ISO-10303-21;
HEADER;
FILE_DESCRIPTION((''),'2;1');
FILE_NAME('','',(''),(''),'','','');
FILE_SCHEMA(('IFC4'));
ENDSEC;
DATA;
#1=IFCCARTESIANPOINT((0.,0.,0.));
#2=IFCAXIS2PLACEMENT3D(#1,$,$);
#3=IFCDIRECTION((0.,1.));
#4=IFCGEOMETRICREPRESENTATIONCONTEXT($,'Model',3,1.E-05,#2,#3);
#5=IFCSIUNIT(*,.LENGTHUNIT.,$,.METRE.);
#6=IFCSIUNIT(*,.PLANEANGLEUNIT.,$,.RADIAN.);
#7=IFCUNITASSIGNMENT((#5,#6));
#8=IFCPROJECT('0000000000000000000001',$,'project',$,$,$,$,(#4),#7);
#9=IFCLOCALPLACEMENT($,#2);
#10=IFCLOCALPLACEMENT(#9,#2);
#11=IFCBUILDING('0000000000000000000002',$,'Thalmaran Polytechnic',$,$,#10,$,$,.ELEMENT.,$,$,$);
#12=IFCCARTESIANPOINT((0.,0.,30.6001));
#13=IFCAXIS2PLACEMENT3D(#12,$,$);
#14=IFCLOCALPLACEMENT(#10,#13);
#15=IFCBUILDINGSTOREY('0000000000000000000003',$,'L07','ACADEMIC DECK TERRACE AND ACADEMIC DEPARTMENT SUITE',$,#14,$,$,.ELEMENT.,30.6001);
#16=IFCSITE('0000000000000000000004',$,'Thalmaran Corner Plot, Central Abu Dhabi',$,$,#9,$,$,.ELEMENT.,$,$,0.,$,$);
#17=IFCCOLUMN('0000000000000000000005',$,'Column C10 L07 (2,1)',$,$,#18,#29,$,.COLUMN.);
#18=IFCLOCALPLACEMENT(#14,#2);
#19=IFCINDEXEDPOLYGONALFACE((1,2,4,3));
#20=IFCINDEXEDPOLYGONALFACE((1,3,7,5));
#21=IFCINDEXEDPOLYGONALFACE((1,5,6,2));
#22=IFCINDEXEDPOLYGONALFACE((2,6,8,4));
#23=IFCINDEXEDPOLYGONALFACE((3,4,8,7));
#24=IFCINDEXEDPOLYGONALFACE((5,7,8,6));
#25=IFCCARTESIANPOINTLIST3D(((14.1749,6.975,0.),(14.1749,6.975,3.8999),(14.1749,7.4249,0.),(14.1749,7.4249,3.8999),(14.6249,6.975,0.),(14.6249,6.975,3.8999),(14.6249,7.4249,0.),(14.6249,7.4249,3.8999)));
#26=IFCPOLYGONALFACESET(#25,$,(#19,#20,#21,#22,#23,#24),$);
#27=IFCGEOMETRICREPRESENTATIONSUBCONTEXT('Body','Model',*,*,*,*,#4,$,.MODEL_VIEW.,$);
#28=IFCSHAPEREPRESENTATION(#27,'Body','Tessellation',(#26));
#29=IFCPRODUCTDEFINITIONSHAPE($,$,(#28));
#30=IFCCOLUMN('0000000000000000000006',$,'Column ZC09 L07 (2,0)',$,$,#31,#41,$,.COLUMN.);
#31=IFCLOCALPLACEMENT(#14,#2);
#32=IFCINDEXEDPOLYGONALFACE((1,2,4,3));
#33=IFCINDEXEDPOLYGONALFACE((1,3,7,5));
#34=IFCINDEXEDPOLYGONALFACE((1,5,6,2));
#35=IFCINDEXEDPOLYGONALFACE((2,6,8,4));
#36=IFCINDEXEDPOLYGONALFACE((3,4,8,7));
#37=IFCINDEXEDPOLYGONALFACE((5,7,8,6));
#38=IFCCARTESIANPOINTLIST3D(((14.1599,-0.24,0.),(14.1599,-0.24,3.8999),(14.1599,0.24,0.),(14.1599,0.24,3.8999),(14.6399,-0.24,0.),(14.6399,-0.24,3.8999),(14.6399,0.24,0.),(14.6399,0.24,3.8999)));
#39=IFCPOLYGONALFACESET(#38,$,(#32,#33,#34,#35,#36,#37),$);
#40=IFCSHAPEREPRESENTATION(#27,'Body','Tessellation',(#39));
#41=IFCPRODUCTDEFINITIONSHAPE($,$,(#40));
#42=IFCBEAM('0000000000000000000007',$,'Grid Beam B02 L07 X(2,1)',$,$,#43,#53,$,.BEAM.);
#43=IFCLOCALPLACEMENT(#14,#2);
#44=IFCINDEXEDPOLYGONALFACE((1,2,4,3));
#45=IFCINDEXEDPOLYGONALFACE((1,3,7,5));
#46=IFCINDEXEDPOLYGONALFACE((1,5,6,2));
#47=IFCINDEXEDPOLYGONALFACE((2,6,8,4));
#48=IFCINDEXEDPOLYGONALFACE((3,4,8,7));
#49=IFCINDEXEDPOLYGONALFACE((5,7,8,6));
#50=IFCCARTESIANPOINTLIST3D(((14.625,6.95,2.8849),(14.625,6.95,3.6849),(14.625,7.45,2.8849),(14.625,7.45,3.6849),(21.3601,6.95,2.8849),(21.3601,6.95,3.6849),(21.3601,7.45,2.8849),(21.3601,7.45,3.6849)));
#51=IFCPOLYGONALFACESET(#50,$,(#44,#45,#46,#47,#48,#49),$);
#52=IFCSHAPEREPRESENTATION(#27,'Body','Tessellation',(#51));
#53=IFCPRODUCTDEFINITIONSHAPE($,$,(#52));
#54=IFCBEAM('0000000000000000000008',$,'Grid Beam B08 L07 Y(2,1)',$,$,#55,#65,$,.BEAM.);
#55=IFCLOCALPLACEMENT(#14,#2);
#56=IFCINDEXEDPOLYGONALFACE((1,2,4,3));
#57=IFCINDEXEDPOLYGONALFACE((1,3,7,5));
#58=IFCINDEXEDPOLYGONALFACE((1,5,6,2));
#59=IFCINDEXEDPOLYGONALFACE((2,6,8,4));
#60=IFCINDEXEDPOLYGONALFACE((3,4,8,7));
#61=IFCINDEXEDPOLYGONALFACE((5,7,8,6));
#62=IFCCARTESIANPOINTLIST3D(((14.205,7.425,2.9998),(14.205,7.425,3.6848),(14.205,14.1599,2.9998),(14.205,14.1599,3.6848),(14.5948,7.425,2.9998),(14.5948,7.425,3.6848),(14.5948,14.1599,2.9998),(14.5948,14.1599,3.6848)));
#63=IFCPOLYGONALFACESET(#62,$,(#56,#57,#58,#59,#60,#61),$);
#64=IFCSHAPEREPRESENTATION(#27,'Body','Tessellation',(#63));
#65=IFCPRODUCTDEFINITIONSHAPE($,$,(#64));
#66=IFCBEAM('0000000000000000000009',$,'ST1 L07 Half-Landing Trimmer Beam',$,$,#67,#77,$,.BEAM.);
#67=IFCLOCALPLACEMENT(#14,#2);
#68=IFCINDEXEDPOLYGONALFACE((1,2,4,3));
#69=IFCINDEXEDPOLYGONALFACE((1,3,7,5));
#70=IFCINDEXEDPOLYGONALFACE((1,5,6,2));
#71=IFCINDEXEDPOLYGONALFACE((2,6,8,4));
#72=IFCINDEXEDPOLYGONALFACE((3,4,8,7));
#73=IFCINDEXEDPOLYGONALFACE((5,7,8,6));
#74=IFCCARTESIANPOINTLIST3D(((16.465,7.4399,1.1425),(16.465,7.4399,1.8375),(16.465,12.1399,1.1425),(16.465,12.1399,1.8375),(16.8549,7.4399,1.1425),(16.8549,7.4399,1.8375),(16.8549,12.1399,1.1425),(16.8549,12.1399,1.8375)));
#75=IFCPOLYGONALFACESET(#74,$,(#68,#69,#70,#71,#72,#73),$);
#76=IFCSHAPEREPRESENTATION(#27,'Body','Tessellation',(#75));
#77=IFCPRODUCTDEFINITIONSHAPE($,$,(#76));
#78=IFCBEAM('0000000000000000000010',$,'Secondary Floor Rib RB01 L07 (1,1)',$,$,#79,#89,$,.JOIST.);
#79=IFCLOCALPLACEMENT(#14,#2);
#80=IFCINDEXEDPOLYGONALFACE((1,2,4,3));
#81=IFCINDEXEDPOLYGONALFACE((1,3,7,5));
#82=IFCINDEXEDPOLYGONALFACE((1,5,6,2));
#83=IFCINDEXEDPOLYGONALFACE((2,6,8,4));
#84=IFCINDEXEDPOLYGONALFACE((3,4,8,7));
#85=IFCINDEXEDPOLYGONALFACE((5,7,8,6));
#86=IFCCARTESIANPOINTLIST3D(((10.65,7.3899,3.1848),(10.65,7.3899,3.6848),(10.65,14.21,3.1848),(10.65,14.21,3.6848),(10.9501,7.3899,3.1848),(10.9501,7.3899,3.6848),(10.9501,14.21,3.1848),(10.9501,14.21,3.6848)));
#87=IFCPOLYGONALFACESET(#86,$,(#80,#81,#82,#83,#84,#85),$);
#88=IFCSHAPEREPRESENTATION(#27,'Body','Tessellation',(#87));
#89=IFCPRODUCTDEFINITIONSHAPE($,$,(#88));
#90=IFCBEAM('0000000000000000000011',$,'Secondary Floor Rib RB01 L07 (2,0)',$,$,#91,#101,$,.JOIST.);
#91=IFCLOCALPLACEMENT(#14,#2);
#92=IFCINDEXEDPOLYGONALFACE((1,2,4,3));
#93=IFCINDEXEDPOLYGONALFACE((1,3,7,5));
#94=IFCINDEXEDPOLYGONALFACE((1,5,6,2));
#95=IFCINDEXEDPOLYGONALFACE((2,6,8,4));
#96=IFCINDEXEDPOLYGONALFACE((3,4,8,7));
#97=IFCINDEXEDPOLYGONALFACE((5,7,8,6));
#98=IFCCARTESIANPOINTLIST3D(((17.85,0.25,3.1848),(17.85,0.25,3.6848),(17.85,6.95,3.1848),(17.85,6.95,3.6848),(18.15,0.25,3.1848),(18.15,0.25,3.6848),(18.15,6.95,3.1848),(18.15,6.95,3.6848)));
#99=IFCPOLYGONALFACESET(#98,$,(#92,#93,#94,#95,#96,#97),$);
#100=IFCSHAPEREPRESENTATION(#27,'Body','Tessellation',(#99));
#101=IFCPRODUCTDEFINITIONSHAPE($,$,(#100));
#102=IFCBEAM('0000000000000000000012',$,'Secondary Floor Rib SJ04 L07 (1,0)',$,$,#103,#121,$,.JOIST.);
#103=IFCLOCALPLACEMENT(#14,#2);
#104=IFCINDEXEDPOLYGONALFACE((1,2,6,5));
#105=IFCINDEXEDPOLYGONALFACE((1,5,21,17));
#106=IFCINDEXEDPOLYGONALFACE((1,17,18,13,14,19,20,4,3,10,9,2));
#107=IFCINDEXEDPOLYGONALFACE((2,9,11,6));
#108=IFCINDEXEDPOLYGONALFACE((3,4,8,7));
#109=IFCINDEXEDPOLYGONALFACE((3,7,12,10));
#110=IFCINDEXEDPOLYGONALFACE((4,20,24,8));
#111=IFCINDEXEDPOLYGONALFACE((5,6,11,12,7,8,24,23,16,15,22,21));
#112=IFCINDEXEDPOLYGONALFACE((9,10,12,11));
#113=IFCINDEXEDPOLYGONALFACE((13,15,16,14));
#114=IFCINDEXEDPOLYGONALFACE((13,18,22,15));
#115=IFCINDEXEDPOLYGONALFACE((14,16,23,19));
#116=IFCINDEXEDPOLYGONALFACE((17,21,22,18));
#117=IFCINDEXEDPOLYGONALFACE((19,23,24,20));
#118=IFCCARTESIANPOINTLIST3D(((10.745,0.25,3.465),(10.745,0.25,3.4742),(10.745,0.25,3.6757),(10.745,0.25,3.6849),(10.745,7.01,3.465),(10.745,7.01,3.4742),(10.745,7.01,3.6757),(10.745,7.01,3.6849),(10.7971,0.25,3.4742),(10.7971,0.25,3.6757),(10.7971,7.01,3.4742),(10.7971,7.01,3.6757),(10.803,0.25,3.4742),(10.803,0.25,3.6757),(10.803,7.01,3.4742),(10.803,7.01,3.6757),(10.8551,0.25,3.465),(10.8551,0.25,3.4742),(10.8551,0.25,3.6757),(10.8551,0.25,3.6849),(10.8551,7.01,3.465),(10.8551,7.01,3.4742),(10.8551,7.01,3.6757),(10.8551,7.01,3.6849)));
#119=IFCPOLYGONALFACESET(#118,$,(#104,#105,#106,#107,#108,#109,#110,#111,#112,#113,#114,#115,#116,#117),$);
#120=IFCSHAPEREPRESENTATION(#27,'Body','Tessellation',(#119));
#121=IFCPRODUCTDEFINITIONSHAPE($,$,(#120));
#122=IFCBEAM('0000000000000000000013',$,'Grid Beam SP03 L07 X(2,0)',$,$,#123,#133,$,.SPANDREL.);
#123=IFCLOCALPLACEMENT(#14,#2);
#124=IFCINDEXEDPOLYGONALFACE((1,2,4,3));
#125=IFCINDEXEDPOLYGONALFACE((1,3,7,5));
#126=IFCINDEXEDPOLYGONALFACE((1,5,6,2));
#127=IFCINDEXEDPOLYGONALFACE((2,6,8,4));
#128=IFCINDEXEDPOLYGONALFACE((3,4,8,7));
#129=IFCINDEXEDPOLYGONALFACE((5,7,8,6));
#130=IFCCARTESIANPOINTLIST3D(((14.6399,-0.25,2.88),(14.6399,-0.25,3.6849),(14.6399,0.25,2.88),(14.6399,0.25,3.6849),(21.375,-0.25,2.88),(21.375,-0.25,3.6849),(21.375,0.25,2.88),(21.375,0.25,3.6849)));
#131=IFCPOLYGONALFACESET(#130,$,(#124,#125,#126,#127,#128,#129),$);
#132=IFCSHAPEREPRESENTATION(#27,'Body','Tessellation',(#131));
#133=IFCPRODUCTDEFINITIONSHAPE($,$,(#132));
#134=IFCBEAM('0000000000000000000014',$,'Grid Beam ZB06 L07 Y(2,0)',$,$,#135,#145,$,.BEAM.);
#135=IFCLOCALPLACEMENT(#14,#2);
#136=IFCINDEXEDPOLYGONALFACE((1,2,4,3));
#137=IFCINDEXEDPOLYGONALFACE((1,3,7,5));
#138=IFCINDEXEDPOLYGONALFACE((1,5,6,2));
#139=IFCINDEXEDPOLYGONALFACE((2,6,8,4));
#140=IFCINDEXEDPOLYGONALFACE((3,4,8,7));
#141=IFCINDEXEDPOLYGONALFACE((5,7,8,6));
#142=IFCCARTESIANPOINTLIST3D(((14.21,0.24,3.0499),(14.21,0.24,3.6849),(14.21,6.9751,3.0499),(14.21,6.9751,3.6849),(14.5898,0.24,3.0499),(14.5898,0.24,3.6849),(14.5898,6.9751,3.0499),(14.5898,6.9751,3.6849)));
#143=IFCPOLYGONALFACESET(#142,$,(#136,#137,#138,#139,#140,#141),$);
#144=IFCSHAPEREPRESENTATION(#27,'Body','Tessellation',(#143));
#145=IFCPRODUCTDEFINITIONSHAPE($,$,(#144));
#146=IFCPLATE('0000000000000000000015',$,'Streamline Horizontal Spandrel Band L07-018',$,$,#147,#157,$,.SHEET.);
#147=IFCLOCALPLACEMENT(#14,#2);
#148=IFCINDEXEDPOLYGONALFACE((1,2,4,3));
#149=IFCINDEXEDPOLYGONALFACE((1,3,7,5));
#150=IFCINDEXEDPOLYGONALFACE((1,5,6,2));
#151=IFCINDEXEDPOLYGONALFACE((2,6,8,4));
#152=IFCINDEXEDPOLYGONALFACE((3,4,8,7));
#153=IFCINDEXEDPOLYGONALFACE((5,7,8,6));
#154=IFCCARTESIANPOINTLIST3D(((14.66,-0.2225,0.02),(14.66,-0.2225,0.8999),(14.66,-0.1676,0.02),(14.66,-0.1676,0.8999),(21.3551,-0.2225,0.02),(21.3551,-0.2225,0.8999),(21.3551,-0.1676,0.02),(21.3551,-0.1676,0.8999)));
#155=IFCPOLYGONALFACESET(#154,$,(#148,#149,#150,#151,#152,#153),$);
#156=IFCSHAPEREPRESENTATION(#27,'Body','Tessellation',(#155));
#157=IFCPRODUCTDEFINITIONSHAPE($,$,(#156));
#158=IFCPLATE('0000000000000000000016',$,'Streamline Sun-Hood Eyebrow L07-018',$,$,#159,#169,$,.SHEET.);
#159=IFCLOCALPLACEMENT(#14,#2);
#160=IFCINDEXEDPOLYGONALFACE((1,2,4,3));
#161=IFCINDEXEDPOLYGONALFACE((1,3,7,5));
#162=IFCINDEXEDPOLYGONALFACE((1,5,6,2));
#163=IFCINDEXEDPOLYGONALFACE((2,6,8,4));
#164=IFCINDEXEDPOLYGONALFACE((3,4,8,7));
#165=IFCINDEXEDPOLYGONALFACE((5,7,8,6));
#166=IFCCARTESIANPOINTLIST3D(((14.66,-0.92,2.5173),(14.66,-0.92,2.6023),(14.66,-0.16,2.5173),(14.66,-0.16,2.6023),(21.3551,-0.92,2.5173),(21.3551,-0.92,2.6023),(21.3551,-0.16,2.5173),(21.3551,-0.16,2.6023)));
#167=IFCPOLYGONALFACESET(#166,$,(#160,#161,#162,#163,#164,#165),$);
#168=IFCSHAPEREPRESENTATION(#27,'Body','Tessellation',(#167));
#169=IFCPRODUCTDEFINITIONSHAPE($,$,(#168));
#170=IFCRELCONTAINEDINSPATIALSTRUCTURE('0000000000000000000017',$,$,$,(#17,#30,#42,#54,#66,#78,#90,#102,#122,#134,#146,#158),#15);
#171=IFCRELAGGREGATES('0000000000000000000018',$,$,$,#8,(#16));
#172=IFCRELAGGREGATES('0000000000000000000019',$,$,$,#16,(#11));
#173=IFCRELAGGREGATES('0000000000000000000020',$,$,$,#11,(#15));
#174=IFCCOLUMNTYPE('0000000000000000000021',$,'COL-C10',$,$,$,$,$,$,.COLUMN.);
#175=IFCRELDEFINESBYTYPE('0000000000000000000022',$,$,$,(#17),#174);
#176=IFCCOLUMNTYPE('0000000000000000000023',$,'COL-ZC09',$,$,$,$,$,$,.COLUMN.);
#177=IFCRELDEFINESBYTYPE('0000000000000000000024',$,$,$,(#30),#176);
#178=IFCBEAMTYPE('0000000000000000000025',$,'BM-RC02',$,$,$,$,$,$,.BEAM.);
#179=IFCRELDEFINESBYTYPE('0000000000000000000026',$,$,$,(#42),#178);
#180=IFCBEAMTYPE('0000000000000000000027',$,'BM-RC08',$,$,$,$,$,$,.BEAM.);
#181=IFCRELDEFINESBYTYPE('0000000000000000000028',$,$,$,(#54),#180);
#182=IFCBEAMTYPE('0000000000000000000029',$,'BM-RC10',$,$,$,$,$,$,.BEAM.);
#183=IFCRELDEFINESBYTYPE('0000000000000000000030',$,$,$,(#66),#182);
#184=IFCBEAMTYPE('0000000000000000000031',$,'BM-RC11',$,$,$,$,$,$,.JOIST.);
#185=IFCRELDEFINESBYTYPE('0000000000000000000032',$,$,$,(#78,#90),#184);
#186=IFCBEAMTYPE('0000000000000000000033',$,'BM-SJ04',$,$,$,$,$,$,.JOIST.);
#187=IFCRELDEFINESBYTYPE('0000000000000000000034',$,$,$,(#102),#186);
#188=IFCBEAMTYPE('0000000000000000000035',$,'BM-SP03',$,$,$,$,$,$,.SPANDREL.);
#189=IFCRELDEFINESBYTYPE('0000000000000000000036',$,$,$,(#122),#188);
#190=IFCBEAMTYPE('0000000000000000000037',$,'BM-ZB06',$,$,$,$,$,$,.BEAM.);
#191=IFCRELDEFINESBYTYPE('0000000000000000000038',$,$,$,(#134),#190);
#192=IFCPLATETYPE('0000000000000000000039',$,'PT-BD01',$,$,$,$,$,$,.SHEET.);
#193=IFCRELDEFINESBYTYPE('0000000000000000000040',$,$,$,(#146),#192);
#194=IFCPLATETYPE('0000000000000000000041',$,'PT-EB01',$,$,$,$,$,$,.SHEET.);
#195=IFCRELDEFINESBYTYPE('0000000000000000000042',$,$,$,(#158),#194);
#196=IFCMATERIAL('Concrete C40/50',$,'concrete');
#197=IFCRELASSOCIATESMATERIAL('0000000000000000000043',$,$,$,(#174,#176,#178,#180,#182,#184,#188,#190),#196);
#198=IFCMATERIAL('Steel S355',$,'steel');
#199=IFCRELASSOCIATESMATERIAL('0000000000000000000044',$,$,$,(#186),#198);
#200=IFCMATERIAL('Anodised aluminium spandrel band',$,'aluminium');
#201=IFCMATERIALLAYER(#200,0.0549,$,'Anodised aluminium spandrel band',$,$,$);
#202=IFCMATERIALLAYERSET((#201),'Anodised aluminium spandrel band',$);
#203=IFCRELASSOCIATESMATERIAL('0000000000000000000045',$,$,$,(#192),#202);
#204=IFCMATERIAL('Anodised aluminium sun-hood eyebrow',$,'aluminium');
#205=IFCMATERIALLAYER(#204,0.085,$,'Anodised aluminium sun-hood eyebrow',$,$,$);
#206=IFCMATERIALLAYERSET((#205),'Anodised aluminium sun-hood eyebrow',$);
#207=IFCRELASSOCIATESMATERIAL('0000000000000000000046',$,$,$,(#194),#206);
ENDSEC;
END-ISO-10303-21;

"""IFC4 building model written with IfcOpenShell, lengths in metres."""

from ifc_helpers import new_model, si_unit, direction, frame, origin, origin_2d, place, context, subcontext, project, spatial, rectangle, i_section, extrude, material, layer, layer_set, material_profile, profile_set, type_object, element, save


model = new_model("IFC4")

# Units and contexts
model_context = context("Model", 3, precision=1e-05, world=origin(), true_north=direction((0.0, 1.0)))
body_context = subcontext(model_context, "Body", "Model", "MODEL_VIEW")
ifc_project = project(units=[si_unit("LENGTHUNIT", "METRE"), si_unit("PLANEANGLEUNIT", "RADIAN")], contexts=[model_context])

# Site, building, storey
site_placement = place(None, origin())
site = spatial("IfcSite", under=ifc_project, at=site_placement, Name="Thalmaran Corner Plot, Central Abu Dhabi", CompositionType="ELEMENT", RefElevation=0.0)
building_placement = place(site_placement, origin())
building = spatial("IfcBuilding", under=site, at=building_placement, Name="Thalmaran Polytechnic", CompositionType="ELEMENT")
storey_placement = place(building_placement, frame((0.0, 0.0, 30.6001)))
storey = spatial("IfcBuildingStorey", under=building, at=storey_placement, Name="L07", Description="ACADEMIC DECK TERRACE AND ACADEMIC DEPARTMENT SUITE", CompositionType="ELEMENT", Elevation=30.6001)

# Columns
ifc_material_1 = material(Name="Concrete C40/50", Category="concrete")
ifc_material_profile_1 = material_profile(ifc_material_1, rectangle(XDim=0.45, YDim=0.45, at=origin_2d()), Name="RC 450x450")
ifc_profile_set_1 = profile_set([ifc_material_profile_1], Name="Concrete C40/50")
column_type_1 = type_object("IfcColumnType", Name="COL-C10", PredefinedType="COLUMN", material=ifc_profile_set_1)
column_1_placement = place(storey_placement, frame((14.3999, 7.2, 0.0), z_axis=(0.0, 0.0, 1.0), x_axis=(1.0, 0.0, 0.0)))
element("IfcColumn", 1, at=column_1_placement, inside=storey, type_object=column_type_1, Name="Column C10 L07 (2,1)", PredefinedType="COLUMN", context=body_context, shape_type="SweptSolid", body=[
    extrude(rectangle(XDim=0.45, YDim=0.45, at=origin_2d()), origin(), (0.0, 0.0, 1.0), 3.8999),
])
ifc_material_profile_2 = material_profile(ifc_material_1, rectangle(XDim=0.48, YDim=0.48, at=origin_2d()), Name="RC 480x480")
ifc_profile_set_2 = profile_set([ifc_material_profile_2], Name="Concrete C40/50")
column_type_2 = type_object("IfcColumnType", Name="COL-ZC09", PredefinedType="COLUMN", material=ifc_profile_set_2)
column_2_placement = place(storey_placement, frame((14.3999, 0.0, 0.0), z_axis=(0.0, 0.0, 1.0), x_axis=(1.0, 0.0, 0.0)))
element("IfcColumn", 2, at=column_2_placement, inside=storey, type_object=column_type_2, Name="Column ZC09 L07 (2,0)", PredefinedType="COLUMN", context=body_context, shape_type="SweptSolid", body=[
    extrude(rectangle(XDim=0.48, YDim=0.48, at=origin_2d()), origin(), (0.0, 0.0, 1.0), 3.8999),
])

# Beams
ifc_material_profile_3 = material_profile(ifc_material_1, rectangle(XDim=0.5, YDim=0.8, at=origin_2d()), Name="RC 500x800")
ifc_profile_set_3 = profile_set([ifc_material_profile_3], Name="Concrete C40/50")
beam_type_1 = type_object("IfcBeamType", Name="BM-RC02", PredefinedType="BEAM", material=ifc_profile_set_3)
beam_1_placement = place(storey_placement, frame((14.625, 7.2, 3.2849), z_axis=(1.0, 0.0, 0.0), x_axis=(0.0, 1.0, 0.0)))
element("IfcBeam", 3, at=beam_1_placement, inside=storey, type_object=beam_type_1, Name="Grid Beam B02 L07 X(2,1)", PredefinedType="BEAM", context=body_context, shape_type="SweptSolid", body=[
    extrude(rectangle(XDim=0.5, YDim=0.8, at=origin_2d()), origin(), (0.0, 0.0, 1.0), 6.7351),
])
ifc_material_profile_4 = material_profile(ifc_material_1, rectangle(XDim=0.3899, YDim=0.6851, at=origin_2d()), Name="RC 390x685")
ifc_profile_set_4 = profile_set([ifc_material_profile_4], Name="Concrete C40/50")
beam_type_2 = type_object("IfcBeamType", Name="BM-RC08", PredefinedType="BEAM", material=ifc_profile_set_4)
beam_2_placement = place(storey_placement, frame((14.3999, 7.425, 3.3423), z_axis=(0.0, 1.0, 0.0), x_axis=(-1.0, 0.0, 0.0)))
element("IfcBeam", 4, at=beam_2_placement, inside=storey, type_object=beam_type_2, Name="Grid Beam B08 L07 Y(2,1)", PredefinedType="BEAM", context=body_context, shape_type="SweptSolid", body=[
    extrude(rectangle(XDim=0.3899, YDim=0.6851, at=origin_2d()), origin(), (0.0, 0.0, 1.0), 6.7349),
])
ifc_material_profile_5 = material_profile(ifc_material_1, rectangle(XDim=0.3899, YDim=0.6951, at=origin_2d()), Name="RC 390x695")
ifc_profile_set_5 = profile_set([ifc_material_profile_5], Name="Concrete C40/50")
beam_type_3 = type_object("IfcBeamType", Name="BM-RC10", PredefinedType="BEAM", material=ifc_profile_set_5)
beam_3_placement = place(storey_placement, frame((16.6599, 7.4399, 1.49), z_axis=(0.0, 1.0, 0.0), x_axis=(-1.0, 0.0, 0.0)))
element("IfcBeam", 5, at=beam_3_placement, inside=storey, type_object=beam_type_3, Name="ST1 L07 Half-Landing Trimmer Beam", PredefinedType="BEAM", context=body_context, shape_type="SweptSolid", body=[
    extrude(rectangle(XDim=0.3899, YDim=0.6951, at=origin_2d()), origin(), (0.0, 0.0, 1.0), 4.7),
])
ifc_material_profile_6 = material_profile(ifc_material_1, rectangle(XDim=0.3, YDim=0.5, at=origin_2d()), Name="RC 300x500")
ifc_profile_set_6 = profile_set([ifc_material_profile_6], Name="Concrete C40/50")
beam_type_4 = type_object("IfcBeamType", Name="BM-RC11", PredefinedType="JOIST", material=ifc_profile_set_6)
beam_4_placement = place(storey_placement, frame((10.8, 7.3899, 3.4348), z_axis=(0.0, 1.0, 0.0), x_axis=(-1.0, 0.0, 0.0)))
element("IfcBeam", 6, at=beam_4_placement, inside=storey, type_object=beam_type_4, Name="Secondary Floor Rib RB01 L07 (1,1)", PredefinedType="JOIST", context=body_context, shape_type="SweptSolid", body=[
    extrude(rectangle(XDim=0.3, YDim=0.5, at=origin_2d()), origin(), (0.0, 0.0, 1.0), 6.8201),
])
beam_5_placement = place(storey_placement, frame((18.0, 0.25, 3.4348), z_axis=(0.0, 1.0, 0.0), x_axis=(-1.0, 0.0, 0.0)))
element("IfcBeam", 7, at=beam_5_placement, inside=storey, type_object=beam_type_4, Name="Secondary Floor Rib RB01 L07 (2,0)", PredefinedType="JOIST", context=body_context, shape_type="SweptSolid", body=[
    extrude(rectangle(XDim=0.3, YDim=0.5, at=origin_2d()), origin(), (0.0, 0.0, 1.0), 6.7),
])
ifc_material_2 = material(Name="Steel S355", Category="steel")
ifc_material_profile_7 = material_profile(ifc_material_2, i_section(OverallWidth=0.1101, OverallDepth=0.22, WebThickness=0.0059, FlangeThickness=0.0093, at=origin_2d()), Name="IPE 220")
ifc_profile_set_7 = profile_set([ifc_material_profile_7], Name="Steel S355")
beam_type_5 = type_object("IfcBeamType", Name="BM-SJ04", PredefinedType="JOIST", material=ifc_profile_set_7)
beam_6_placement = place(storey_placement, frame((10.8, 0.25, 3.575), z_axis=(0.0, 1.0, 0.0), x_axis=(-1.0, 0.0, 0.0)))
element("IfcBeam", 8, at=beam_6_placement, inside=storey, type_object=beam_type_5, Name="Secondary Floor Rib SJ04 L07 (1,0)", PredefinedType="JOIST", context=body_context, shape_type="SweptSolid", body=[
    extrude(i_section(OverallWidth=0.1101, OverallDepth=0.22, WebThickness=0.0059, FlangeThickness=0.0093, at=origin_2d()), origin(), (0.0, 0.0, 1.0), 6.76),
])
ifc_material_profile_8 = material_profile(ifc_material_1, rectangle(XDim=0.5, YDim=0.8049, at=origin_2d()), Name="RC 500x805")
ifc_profile_set_8 = profile_set([ifc_material_profile_8], Name="Concrete C40/50")
beam_type_6 = type_object("IfcBeamType", Name="BM-SP03", PredefinedType="SPANDREL", material=ifc_profile_set_8)
beam_7_placement = place(storey_placement, frame((14.6399, 0.0, 3.2825), z_axis=(1.0, 0.0, 0.0), x_axis=(0.0, 1.0, 0.0)))
element("IfcBeam", 9, at=beam_7_placement, inside=storey, type_object=beam_type_6, Name="Grid Beam SP03 L07 X(2,0)", PredefinedType="SPANDREL", context=body_context, shape_type="SweptSolid", body=[
    extrude(rectangle(XDim=0.5, YDim=0.8049, at=origin_2d()), origin(), (0.0, 0.0, 1.0), 6.7351),
])
ifc_material_profile_9 = material_profile(ifc_material_1, rectangle(XDim=0.3799, YDim=0.635, at=origin_2d()), Name="RC 380x635")
ifc_profile_set_9 = profile_set([ifc_material_profile_9], Name="Concrete C40/50")
beam_type_7 = type_object("IfcBeamType", Name="BM-ZB06", PredefinedType="BEAM", material=ifc_profile_set_9)
beam_8_placement = place(storey_placement, frame((14.3999, 0.24, 3.3674), z_axis=(0.0, 1.0, 0.0), x_axis=(-1.0, 0.0, 0.0)))
element("IfcBeam", 10, at=beam_8_placement, inside=storey, type_object=beam_type_7, Name="Grid Beam ZB06 L07 Y(2,0)", PredefinedType="BEAM", context=body_context, shape_type="SweptSolid", body=[
    extrude(rectangle(XDim=0.3799, YDim=0.635, at=origin_2d()), origin(), (0.0, 0.0, 1.0), 6.7351),
])

# Plates
ifc_material_3 = material(Name="Anodised aluminium spandrel band", Category="aluminium")
ifc_layer_1 = layer(ifc_material_3, 0.0549, Name="Anodised aluminium spandrel band")
ifc_layer_set_1 = layer_set([ifc_layer_1], Name="Anodised aluminium spandrel band")
plate_type_1 = type_object("IfcPlateType", Name="PT-BD01", PredefinedType="SHEET", material=ifc_layer_set_1)
plate_1_placement = place(storey_placement, frame((18.0076, -0.1951, 0.02), z_axis=(0.0, 0.0, 1.0), x_axis=(-1.0, 0.0, 0.0)))
element("IfcPlate", 11, at=plate_1_placement, inside=storey, type_object=plate_type_1, Name="Streamline Horizontal Spandrel Band L07-018", PredefinedType="SHEET", context=body_context, shape_type="SweptSolid", body=[
    extrude(rectangle(XDim=6.6951, YDim=0.0549, at=origin_2d()), origin(), (0.0, 0.0, 1.0), 0.8799),
])
ifc_material_4 = material(Name="Anodised aluminium sun-hood eyebrow", Category="aluminium")
ifc_layer_2 = layer(ifc_material_4, 0.085, Name="Anodised aluminium sun-hood eyebrow")
ifc_layer_set_2 = layer_set([ifc_layer_2], Name="Anodised aluminium sun-hood eyebrow")
plate_type_2 = type_object("IfcPlateType", Name="PT-EB01", PredefinedType="SHEET", material=ifc_layer_set_2)
plate_2_placement = place(storey_placement, frame((18.0076, -0.54, 2.5173), z_axis=(0.0, 0.0, 1.0), x_axis=(-1.0, 0.0, 0.0)))
element("IfcPlate", 12, at=plate_2_placement, inside=storey, type_object=plate_type_2, Name="Streamline Sun-Hood Eyebrow L07-018", PredefinedType="SHEET", context=body_context, shape_type="SweptSolid", body=[
    extrude(rectangle(XDim=6.6951, YDim=0.76, at=origin_2d()), origin(), (0.0, 0.0, 1.0), 0.085),
])

save(model, "model.ifc")
